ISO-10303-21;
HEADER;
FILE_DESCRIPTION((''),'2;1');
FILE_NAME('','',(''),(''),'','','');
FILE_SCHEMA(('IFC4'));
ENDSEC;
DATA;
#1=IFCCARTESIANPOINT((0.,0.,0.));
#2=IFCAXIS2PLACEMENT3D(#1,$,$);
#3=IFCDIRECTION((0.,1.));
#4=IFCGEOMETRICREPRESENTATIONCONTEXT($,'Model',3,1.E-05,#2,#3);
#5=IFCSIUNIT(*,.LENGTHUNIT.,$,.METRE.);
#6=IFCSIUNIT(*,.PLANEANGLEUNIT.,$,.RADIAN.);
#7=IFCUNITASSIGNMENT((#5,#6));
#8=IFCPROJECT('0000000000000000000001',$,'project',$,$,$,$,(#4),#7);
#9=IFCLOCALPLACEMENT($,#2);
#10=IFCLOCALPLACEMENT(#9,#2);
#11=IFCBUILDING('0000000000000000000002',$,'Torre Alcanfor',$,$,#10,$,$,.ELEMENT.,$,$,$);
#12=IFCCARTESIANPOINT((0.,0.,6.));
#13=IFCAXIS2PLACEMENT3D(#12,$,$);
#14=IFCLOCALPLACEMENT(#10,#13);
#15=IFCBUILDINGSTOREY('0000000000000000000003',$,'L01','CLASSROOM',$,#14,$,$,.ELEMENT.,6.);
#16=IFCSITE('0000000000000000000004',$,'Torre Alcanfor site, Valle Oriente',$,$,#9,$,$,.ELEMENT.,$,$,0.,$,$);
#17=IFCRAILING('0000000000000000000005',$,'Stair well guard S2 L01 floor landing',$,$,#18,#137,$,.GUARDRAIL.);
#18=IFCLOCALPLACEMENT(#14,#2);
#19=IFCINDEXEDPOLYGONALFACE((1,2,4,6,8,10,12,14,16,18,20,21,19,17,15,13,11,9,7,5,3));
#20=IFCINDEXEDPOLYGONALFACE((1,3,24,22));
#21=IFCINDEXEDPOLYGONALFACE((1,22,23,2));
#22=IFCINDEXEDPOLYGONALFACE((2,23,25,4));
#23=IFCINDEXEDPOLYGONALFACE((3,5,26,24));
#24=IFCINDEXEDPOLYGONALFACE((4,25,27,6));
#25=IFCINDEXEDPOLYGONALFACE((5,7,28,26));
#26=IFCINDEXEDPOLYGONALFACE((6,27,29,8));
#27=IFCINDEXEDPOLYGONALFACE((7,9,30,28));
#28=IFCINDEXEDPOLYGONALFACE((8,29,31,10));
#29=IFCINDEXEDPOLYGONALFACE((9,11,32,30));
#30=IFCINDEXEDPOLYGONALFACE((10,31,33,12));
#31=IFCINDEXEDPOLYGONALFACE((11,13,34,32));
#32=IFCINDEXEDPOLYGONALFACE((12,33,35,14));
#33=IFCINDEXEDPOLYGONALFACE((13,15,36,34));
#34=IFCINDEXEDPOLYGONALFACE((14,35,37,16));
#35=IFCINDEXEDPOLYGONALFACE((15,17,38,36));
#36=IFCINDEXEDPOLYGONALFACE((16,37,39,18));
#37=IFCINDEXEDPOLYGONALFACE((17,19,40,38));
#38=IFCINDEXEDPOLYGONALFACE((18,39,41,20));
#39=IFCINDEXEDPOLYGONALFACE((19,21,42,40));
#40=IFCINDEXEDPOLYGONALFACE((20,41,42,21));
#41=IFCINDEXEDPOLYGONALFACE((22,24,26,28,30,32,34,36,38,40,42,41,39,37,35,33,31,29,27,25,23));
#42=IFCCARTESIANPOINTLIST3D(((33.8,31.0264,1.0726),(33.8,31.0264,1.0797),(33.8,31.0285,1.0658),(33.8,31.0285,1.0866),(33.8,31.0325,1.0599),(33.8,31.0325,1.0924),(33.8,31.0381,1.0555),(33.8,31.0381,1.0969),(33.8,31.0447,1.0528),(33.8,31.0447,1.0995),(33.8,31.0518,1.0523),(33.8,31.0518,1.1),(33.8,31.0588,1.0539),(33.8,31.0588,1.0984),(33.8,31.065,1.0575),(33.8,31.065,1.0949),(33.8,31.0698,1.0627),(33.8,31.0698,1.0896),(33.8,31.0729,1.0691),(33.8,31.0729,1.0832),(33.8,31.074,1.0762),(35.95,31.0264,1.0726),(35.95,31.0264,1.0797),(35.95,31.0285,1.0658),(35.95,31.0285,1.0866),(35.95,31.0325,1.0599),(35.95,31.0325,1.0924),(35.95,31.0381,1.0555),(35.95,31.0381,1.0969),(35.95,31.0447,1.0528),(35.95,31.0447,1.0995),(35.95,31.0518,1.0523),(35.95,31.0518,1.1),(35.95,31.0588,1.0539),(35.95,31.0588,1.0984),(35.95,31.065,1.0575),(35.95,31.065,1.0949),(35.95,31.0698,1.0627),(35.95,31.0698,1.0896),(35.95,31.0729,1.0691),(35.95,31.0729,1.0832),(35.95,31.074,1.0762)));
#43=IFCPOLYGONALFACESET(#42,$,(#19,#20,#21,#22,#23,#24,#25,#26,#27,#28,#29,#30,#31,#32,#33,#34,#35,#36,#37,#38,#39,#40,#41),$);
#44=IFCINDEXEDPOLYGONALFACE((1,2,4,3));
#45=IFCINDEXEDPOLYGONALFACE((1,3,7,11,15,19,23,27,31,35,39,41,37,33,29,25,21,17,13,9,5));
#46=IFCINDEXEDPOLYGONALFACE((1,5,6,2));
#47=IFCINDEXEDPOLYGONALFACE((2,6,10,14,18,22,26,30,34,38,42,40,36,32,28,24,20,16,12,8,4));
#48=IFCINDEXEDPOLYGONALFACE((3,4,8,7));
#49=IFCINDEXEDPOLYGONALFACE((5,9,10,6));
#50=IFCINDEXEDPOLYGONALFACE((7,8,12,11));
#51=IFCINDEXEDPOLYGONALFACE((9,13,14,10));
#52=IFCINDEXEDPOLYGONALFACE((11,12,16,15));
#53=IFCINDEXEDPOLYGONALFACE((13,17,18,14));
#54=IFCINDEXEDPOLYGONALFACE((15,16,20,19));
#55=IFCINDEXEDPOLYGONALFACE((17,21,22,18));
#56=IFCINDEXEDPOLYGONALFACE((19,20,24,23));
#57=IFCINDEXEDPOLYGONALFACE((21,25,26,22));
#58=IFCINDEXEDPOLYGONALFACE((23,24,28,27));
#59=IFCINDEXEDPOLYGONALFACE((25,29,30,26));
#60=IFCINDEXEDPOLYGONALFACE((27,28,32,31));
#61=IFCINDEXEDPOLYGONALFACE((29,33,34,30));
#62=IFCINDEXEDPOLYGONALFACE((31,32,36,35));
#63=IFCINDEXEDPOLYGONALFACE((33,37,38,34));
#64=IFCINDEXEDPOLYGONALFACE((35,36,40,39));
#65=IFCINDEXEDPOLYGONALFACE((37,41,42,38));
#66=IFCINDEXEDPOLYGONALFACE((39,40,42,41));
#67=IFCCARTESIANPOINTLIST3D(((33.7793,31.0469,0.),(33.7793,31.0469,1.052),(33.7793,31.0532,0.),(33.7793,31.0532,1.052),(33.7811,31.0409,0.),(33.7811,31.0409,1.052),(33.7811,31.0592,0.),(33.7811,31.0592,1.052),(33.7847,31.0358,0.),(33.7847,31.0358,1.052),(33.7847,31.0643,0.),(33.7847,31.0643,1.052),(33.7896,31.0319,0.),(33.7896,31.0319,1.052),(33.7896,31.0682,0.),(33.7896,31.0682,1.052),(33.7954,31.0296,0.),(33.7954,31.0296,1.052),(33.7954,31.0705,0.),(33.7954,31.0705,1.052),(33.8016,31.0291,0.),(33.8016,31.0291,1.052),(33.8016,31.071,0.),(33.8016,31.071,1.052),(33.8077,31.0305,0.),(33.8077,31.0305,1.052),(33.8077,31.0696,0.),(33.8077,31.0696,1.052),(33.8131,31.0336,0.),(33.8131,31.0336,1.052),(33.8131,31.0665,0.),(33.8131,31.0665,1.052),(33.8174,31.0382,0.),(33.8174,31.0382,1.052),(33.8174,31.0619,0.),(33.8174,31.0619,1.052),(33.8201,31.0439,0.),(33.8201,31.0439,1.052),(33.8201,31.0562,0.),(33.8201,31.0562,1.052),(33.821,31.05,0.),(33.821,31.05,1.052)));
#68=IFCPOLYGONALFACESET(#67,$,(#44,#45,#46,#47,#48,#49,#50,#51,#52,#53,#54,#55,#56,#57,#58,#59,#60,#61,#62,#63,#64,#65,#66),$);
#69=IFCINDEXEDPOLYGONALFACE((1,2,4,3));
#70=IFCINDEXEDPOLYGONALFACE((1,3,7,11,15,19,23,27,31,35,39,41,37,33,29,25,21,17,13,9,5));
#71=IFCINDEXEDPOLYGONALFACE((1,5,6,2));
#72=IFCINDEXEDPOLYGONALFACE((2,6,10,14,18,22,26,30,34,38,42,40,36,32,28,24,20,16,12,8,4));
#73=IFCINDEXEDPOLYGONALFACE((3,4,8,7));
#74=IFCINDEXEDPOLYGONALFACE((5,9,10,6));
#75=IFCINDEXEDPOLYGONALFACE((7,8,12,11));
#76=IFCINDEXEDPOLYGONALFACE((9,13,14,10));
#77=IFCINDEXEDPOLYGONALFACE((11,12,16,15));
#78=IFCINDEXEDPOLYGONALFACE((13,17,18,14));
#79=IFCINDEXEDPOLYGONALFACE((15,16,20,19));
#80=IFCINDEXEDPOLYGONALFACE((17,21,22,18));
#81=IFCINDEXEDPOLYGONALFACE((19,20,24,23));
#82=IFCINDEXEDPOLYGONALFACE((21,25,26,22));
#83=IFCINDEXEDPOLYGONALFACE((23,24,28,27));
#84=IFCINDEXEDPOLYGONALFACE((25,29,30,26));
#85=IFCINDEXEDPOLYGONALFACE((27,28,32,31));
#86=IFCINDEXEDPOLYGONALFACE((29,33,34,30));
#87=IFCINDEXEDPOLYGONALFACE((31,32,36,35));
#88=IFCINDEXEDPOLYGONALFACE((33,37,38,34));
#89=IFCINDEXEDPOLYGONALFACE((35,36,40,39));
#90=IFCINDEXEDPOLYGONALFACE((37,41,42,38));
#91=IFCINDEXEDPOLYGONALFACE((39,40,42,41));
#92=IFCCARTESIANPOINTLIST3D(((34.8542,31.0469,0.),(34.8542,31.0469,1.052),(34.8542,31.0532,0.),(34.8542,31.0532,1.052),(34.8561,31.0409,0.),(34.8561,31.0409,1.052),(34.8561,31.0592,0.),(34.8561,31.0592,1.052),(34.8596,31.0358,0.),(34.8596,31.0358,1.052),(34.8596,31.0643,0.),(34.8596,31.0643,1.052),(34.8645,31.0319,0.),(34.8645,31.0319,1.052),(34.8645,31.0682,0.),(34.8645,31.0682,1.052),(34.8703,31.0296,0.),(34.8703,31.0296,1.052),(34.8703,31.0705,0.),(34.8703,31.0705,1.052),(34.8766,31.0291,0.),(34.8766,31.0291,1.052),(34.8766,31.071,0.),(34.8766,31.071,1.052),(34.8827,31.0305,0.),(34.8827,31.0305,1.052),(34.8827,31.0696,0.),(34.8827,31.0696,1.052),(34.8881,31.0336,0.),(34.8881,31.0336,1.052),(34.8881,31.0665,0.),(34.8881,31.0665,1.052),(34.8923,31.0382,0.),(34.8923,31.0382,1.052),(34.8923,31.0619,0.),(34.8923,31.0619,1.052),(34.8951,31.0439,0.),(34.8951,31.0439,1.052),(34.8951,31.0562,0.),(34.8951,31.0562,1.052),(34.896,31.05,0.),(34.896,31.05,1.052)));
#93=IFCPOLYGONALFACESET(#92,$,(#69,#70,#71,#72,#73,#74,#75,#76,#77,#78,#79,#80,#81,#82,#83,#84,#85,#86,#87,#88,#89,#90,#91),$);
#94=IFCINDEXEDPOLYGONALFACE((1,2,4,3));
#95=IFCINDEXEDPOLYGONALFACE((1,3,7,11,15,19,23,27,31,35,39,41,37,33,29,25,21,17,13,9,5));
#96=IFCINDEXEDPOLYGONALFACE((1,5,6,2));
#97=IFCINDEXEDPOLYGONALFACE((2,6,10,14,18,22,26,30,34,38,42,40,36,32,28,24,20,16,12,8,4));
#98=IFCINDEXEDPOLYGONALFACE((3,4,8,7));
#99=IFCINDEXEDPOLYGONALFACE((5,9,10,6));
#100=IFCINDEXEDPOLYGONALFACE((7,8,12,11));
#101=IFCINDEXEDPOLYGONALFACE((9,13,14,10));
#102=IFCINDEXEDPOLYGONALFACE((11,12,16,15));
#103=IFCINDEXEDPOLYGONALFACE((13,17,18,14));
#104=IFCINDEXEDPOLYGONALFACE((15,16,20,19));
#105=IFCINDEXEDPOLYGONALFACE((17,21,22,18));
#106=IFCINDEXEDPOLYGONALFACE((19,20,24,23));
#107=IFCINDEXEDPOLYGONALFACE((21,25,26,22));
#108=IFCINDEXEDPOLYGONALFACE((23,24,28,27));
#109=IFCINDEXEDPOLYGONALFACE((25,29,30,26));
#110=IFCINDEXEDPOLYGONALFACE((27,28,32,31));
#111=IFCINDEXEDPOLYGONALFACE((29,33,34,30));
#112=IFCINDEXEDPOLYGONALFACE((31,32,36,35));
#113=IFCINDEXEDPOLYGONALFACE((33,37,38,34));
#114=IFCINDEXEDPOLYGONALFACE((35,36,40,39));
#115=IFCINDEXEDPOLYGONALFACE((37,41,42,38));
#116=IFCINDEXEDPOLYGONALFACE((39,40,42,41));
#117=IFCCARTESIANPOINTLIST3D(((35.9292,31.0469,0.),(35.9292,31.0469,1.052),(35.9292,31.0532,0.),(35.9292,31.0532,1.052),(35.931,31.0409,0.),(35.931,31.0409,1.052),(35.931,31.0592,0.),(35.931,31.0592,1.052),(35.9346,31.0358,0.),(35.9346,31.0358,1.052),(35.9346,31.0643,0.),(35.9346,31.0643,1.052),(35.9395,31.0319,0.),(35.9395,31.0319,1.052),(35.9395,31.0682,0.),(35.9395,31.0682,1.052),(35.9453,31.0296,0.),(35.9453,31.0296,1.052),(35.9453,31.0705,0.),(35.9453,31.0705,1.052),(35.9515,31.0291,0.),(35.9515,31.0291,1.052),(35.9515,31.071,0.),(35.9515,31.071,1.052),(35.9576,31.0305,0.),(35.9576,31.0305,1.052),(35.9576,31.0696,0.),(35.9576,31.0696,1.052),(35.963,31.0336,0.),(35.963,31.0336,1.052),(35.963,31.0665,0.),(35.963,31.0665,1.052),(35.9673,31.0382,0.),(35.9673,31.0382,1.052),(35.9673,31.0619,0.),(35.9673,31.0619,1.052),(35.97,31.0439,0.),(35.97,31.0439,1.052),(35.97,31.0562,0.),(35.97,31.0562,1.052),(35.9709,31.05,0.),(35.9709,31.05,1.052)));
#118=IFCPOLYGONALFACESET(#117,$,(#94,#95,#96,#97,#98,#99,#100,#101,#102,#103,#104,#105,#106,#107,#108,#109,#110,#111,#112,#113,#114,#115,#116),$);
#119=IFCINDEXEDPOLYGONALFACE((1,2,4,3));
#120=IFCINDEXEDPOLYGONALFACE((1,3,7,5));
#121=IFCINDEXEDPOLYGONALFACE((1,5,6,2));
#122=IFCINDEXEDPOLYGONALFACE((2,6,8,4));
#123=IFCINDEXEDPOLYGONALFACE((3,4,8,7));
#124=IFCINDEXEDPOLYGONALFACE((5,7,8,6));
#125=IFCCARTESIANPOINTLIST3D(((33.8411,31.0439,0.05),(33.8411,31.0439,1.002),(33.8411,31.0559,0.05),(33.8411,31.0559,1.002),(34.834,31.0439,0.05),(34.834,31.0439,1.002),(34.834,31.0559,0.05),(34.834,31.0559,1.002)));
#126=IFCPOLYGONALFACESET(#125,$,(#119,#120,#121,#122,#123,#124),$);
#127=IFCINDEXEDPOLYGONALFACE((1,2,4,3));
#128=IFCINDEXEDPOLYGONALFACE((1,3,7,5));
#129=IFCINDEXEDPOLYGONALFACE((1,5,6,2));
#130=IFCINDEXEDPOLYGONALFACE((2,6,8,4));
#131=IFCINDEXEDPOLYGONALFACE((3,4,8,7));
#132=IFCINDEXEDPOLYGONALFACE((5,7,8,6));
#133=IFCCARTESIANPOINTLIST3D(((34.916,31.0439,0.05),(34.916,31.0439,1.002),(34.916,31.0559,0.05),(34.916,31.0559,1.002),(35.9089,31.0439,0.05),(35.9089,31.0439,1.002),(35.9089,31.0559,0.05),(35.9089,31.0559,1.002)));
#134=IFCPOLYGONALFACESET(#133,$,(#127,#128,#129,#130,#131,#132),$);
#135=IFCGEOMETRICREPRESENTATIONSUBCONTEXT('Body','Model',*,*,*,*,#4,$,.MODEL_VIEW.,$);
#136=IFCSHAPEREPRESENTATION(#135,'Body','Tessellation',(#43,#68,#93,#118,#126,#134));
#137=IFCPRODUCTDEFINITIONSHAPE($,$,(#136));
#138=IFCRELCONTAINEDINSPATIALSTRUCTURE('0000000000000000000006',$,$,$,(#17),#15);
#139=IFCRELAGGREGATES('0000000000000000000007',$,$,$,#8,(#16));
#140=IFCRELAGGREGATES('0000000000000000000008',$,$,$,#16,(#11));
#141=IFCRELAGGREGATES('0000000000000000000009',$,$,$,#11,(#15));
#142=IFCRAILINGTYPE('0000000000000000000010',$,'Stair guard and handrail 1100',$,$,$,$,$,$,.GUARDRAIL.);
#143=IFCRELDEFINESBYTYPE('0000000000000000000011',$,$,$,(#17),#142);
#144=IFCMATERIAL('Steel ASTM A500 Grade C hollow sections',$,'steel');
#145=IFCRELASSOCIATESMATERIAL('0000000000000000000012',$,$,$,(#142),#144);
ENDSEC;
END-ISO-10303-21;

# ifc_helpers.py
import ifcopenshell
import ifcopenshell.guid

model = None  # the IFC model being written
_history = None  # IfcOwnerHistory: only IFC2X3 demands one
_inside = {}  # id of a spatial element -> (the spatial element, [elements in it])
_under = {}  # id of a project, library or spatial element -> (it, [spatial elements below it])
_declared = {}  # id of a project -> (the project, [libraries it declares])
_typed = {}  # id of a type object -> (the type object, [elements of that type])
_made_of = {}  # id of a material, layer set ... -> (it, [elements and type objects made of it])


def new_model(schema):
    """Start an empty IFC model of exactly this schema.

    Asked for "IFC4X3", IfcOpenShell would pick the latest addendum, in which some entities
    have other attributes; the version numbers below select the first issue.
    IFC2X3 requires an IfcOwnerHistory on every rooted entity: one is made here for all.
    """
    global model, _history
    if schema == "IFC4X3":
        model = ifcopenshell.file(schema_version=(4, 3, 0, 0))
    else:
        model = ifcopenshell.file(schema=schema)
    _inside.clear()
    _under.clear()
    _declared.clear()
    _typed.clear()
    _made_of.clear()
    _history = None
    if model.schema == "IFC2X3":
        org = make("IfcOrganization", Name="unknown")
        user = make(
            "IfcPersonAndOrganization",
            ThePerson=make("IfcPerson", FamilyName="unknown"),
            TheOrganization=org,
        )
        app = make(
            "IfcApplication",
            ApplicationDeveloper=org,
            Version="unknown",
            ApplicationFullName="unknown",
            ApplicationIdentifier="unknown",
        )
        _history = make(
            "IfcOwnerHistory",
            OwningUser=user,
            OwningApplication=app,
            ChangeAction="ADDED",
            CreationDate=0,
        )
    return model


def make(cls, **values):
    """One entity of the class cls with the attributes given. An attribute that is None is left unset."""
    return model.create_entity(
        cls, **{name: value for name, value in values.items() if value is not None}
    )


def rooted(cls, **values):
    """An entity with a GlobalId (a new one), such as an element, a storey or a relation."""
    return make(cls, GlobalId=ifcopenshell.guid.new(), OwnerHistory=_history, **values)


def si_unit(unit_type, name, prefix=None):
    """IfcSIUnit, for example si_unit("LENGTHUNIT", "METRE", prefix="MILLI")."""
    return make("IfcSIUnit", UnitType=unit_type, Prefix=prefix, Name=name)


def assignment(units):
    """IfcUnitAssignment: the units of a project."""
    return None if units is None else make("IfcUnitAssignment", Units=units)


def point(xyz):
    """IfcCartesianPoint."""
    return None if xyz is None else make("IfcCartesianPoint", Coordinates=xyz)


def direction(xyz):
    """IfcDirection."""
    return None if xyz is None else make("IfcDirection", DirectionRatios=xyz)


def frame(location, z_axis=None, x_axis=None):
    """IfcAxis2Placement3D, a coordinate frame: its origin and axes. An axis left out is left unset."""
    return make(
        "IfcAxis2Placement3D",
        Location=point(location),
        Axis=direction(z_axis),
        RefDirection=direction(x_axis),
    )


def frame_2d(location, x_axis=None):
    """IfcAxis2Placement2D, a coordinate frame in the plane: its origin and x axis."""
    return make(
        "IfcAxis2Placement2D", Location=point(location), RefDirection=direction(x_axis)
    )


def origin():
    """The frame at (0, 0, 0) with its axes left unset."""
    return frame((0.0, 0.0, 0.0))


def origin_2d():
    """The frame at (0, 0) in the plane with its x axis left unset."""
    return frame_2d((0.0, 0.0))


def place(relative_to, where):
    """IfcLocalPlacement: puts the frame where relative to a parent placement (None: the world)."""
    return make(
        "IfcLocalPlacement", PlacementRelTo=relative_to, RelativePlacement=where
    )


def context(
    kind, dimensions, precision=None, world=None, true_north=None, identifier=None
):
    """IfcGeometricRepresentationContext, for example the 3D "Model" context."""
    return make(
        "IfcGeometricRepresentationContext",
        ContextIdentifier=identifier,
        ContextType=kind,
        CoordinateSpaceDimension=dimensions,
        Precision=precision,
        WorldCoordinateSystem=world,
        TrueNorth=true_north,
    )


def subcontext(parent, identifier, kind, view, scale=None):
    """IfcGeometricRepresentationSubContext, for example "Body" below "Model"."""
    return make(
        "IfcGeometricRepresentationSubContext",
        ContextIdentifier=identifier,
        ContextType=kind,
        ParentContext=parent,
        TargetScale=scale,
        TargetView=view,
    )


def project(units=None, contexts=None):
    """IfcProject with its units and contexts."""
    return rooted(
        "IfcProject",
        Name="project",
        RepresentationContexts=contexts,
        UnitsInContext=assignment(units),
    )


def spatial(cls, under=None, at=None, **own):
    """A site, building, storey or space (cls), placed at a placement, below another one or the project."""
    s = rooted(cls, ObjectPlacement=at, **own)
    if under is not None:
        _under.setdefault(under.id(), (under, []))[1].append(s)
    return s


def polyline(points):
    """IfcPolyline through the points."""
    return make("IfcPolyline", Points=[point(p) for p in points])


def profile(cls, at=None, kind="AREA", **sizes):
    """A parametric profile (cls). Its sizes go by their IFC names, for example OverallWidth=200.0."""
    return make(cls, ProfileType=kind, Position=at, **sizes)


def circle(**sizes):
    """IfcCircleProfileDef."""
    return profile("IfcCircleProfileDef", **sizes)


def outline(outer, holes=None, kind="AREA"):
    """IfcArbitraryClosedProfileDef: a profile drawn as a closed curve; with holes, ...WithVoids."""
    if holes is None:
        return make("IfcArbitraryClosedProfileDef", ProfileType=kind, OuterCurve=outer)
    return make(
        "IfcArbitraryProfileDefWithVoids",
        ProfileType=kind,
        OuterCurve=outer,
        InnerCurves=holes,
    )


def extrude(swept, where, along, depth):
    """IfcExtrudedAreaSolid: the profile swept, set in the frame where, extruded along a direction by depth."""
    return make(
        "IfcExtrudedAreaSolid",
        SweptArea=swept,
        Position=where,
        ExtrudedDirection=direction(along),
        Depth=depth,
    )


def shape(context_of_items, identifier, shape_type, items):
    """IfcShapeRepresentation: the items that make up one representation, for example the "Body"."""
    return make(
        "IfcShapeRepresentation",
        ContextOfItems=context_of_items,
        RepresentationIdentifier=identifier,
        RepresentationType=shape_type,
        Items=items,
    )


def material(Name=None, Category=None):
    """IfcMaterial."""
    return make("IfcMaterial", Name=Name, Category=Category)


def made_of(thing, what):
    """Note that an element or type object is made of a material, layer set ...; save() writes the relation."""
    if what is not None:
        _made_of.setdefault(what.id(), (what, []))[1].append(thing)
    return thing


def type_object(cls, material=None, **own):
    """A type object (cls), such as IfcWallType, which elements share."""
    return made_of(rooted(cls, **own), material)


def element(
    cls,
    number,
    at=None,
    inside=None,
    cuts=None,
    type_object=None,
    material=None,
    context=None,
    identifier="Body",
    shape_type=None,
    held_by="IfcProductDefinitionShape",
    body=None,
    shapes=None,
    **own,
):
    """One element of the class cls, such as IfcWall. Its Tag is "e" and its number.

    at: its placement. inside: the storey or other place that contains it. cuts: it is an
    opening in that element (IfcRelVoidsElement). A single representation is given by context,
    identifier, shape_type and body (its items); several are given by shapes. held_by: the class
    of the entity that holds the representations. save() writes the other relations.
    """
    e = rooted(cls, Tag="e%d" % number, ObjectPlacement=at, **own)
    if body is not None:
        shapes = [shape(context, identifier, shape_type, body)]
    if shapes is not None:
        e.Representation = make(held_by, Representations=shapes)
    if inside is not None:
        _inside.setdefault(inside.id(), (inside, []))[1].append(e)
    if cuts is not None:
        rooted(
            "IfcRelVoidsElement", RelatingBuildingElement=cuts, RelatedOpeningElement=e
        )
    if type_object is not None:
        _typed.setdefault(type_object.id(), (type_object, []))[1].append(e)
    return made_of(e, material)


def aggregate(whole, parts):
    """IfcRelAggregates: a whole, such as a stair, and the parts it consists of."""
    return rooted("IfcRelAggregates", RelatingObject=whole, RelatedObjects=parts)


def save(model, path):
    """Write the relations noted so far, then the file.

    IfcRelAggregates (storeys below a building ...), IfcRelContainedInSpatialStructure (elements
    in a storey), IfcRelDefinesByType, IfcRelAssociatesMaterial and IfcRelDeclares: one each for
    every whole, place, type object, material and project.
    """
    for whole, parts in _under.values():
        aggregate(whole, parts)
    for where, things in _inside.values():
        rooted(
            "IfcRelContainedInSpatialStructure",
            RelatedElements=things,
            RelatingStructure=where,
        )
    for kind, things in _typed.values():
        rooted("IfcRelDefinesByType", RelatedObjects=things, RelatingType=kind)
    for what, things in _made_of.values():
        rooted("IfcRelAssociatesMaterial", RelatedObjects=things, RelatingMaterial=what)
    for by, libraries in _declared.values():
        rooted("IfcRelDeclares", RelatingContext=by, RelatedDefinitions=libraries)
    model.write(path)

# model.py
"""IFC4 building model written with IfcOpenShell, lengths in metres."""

from ifc_helpers import new_model, si_unit, direction, frame, origin, origin_2d, place, context, subcontext, project, spatial, polyline, circle, outline, extrude, material, type_object, element, save


model = new_model("IFC4")

# Units and contexts
model_context = context("Model", 3, precision=1e-05, world=origin(), true_north=direction((0.0, 1.0)))
body_context = subcontext(model_context, "Body", "Model", "MODEL_VIEW")
ifc_project = project(units=[si_unit("LENGTHUNIT", "METRE"), si_unit("PLANEANGLEUNIT", "RADIAN")], contexts=[model_context])

# Site, building, storey
site_placement = place(None, origin())
site = spatial("IfcSite", under=ifc_project, at=site_placement, Name="Torre Alcanfor site, Valle Oriente", CompositionType="ELEMENT", RefElevation=0.0)
building_placement = place(site_placement, origin())
building = spatial("IfcBuilding", under=site, at=building_placement, Name="Torre Alcanfor", CompositionType="ELEMENT")
storey_placement = place(building_placement, frame((0.0, 0.0, 6.0)))
storey = spatial("IfcBuildingStorey", under=building, at=storey_placement, Name="L01", Description="CLASSROOM", CompositionType="ELEMENT", Elevation=6.0)

# Railing
ifc_material_1 = material(Name="Steel ASTM A500 Grade C hollow sections", Category="steel")
railing_type_1 = type_object("IfcRailingType", Name="Stair guard and handrail 1100", PredefinedType="GUARDRAIL", material=ifc_material_1)
railing_1_placement = place(storey_placement, frame((33.8, 31.05, 0.0)))
element("IfcRailing", 1, at=railing_1_placement, inside=storey, type_object=railing_type_1, Name="Stair well guard S2 L01 floor landing", PredefinedType="GUARDRAIL", context=body_context, shape_type="SweptSolid", body=[
    extrude(circle(Radius=0.0239, at=origin_2d()), frame((0.0, 0.0, 1.0762), z_axis=(1.0, 0.0, 0.0), x_axis=(0.0, 1.0, 0.0)), (0.0, 0.0, 1.0), 2.1499),
    extrude(circle(Radius=0.021, at=origin_2d()), origin(), (0.0, 0.0, 1.0), 1.052),
    extrude(circle(Radius=0.021, at=origin_2d()), frame((1.075, 0.0, 0.0)), (0.0, 0.0, 1.0), 1.052),
    extrude(circle(Radius=0.021, at=origin_2d()), frame((2.1499, 0.0, 0.0)), (0.0, 0.0, 1.0), 1.052),
    extrude(outline(polyline([(0.041, 0.05), (1.0339, 0.05), (1.0339, 1.002), (0.041, 1.002), (0.041, 0.05)])), frame((0.0, 0.0059, 0.0), z_axis=(0.0, -1.0, 0.0), x_axis=(1.0, 0.0, 0.0)), (0.0, 0.0, 1.0), 0.012),
    extrude(outline(polyline([(1.116, 0.05), (2.1089, 0.05), (2.1089, 1.002), (1.116, 1.002), (1.116, 0.05)])), frame((0.0, 0.0059, 0.0), z_axis=(0.0, -1.0, 0.0), x_axis=(1.0, 0.0, 0.0)), (0.0, 0.0, 1.0), 0.012),
])

save(model, "model.ifc")
